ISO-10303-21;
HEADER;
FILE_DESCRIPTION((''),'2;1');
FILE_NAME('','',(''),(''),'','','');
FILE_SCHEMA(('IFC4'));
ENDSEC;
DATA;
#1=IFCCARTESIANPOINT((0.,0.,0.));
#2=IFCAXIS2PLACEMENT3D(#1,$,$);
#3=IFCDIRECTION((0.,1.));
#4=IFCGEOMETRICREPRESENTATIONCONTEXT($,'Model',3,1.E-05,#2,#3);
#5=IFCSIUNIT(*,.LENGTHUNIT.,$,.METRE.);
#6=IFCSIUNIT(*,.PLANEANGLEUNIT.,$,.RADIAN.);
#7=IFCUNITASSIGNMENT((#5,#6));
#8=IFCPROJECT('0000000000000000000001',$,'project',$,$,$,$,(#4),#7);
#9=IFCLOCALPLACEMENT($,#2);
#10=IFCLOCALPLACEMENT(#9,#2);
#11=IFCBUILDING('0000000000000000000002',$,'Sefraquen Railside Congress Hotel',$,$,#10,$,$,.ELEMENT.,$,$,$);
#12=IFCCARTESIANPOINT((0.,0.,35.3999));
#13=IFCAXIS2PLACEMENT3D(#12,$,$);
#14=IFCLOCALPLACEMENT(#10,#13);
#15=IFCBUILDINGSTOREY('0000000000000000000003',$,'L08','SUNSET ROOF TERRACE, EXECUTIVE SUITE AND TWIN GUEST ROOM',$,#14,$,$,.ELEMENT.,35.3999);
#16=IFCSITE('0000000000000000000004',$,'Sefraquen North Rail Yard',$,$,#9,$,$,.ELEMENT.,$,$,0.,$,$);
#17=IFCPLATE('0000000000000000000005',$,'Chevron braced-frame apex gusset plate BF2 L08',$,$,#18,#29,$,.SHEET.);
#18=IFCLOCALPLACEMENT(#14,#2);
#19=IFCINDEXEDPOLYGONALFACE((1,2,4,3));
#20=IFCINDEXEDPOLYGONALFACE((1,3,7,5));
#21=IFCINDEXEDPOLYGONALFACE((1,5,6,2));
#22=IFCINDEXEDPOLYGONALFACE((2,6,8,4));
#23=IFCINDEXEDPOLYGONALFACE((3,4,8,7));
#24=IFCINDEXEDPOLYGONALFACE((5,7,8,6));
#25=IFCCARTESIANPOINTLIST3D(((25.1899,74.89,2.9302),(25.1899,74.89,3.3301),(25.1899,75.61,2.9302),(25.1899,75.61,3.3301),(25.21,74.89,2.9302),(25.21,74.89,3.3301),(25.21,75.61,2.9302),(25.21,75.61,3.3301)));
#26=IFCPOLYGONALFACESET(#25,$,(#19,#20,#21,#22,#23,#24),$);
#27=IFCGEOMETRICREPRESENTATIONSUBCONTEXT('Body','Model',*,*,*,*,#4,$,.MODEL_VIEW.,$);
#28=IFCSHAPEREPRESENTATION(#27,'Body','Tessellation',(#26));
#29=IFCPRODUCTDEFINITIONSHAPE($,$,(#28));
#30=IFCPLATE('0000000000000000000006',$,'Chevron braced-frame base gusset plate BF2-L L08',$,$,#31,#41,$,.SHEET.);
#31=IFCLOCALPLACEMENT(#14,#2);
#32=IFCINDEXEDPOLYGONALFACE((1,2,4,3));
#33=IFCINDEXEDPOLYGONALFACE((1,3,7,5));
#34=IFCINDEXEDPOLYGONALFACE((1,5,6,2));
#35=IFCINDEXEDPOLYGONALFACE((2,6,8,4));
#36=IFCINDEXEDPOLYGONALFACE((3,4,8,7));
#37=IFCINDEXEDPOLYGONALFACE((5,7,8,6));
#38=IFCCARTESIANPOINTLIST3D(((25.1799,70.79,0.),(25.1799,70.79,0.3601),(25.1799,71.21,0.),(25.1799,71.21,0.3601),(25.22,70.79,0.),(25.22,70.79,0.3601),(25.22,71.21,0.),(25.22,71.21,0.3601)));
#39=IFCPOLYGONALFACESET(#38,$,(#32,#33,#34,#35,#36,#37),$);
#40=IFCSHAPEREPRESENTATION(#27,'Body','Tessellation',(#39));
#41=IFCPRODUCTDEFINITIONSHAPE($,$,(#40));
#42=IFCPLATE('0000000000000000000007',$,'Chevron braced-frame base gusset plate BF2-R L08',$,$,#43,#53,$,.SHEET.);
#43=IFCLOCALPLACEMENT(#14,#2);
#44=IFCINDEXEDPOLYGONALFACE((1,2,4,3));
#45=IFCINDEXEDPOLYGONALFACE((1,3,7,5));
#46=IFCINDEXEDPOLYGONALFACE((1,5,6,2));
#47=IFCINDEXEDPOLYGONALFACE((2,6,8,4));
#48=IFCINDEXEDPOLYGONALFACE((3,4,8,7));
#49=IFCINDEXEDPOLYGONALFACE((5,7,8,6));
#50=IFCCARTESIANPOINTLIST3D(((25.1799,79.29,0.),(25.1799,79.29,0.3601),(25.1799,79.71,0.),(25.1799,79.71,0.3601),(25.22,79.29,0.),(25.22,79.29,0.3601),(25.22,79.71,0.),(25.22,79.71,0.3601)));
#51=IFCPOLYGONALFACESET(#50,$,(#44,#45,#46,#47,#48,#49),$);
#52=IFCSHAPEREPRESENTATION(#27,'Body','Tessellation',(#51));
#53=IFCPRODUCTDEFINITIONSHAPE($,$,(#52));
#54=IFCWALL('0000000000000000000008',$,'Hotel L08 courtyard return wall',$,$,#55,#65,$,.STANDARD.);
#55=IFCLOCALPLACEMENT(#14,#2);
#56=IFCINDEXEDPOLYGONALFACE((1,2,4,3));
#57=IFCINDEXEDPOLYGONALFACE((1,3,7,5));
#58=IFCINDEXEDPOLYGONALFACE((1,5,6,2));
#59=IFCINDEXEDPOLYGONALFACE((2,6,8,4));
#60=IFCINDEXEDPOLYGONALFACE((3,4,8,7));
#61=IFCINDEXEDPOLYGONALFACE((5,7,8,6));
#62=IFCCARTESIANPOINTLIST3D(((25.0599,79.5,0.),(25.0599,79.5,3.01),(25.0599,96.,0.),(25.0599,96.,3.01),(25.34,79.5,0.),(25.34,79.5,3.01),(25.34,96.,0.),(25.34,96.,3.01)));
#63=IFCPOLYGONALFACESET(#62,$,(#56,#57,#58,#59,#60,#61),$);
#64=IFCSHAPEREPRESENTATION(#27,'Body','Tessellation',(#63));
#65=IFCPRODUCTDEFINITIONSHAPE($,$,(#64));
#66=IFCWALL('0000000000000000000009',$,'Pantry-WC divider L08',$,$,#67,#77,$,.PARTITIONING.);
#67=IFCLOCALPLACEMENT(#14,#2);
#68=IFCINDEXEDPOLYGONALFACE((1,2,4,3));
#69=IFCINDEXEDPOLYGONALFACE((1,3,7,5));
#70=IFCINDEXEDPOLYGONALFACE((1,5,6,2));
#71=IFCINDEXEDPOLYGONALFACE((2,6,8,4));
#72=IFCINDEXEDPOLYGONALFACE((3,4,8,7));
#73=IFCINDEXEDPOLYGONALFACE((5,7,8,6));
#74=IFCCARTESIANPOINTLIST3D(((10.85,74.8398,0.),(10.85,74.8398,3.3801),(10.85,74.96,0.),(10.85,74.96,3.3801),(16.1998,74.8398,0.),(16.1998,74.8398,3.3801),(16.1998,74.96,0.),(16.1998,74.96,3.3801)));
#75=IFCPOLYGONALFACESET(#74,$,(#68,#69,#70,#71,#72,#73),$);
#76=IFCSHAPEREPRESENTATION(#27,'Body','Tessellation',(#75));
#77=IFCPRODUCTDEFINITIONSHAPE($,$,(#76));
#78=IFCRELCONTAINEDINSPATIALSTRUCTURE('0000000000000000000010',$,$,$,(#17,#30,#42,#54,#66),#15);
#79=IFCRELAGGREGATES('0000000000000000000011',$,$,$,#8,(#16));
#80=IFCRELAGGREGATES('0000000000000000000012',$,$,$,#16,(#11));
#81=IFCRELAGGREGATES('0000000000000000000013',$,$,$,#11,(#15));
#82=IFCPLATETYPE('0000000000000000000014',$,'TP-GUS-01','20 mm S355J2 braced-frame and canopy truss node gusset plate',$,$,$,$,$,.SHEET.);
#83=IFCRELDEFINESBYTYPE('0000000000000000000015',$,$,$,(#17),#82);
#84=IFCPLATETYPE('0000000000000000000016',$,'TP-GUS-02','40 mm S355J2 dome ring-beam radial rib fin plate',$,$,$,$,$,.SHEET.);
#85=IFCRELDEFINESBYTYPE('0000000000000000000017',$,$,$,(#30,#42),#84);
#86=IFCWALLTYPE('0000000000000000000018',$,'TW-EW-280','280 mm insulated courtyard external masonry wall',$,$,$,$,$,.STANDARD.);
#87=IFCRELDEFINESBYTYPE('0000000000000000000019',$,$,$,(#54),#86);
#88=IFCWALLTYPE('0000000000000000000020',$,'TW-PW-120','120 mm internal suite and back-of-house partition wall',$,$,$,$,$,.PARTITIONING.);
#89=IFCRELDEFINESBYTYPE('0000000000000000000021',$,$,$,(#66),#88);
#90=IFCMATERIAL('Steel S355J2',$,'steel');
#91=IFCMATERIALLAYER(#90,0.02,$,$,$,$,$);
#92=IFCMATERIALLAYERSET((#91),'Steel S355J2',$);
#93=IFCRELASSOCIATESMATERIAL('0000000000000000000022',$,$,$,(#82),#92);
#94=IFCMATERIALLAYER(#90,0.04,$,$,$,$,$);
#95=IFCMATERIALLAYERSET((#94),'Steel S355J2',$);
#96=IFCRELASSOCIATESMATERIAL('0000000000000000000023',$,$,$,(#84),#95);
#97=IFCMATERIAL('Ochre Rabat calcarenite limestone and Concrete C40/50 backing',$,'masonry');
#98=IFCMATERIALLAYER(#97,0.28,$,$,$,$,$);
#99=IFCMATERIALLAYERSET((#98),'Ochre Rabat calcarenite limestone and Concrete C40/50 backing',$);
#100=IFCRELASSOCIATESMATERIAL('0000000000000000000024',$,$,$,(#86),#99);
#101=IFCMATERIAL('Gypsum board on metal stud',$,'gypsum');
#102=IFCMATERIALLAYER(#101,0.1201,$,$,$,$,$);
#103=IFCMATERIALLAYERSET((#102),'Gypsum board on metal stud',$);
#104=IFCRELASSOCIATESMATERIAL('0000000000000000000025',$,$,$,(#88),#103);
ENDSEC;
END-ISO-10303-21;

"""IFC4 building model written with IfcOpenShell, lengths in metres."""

from ifc_helpers import new_model, si_unit, direction, frame, frame_2d, origin, origin_2d, place, context, subcontext, project, spatial, rectangle, extrude, material, layer, layer_set, type_object, element, save


model = new_model("IFC4")

# Units and contexts
model_context = context("Model", 3, precision=1e-05, world=origin(), true_north=direction((0.0, 1.0)))
body_context = subcontext(model_context, "Body", "Model", "MODEL_VIEW")
ifc_project = project(units=[si_unit("LENGTHUNIT", "METRE"), si_unit("PLANEANGLEUNIT", "RADIAN")], contexts=[model_context])

# Site, building, storey
site_placement = place(None, origin())
site = spatial("IfcSite", under=ifc_project, at=site_placement, Name="Sefraquen North Rail Yard", CompositionType="ELEMENT", RefElevation=0.0)
building_placement = place(site_placement, origin())
building = spatial("IfcBuilding", under=site, at=building_placement, Name="Sefraquen Railside Congress Hotel", CompositionType="ELEMENT")
storey_placement = place(building_placement, frame((0.0, 0.0, 35.3999)))
storey = spatial("IfcBuildingStorey", under=building, at=storey_placement, Name="L08", Description="SUNSET ROOF TERRACE, EXECUTIVE SUITE AND TWIN GUEST ROOM", CompositionType="ELEMENT", Elevation=35.3999)

# Shared definitions
ifc_material_1 = material(Name="Steel S355J2", Category="steel")

# Plates
ifc_layer_1 = layer(ifc_material_1, 0.02)
ifc_layer_set_1 = layer_set([ifc_layer_1], Name="Steel S355J2")
plate_type_1 = type_object("IfcPlateType", Name="TP-GUS-01", Description="20 mm S355J2 braced-frame and canopy truss node gusset plate", PredefinedType="SHEET", material=ifc_layer_set_1)
plate_placement = place(storey_placement, frame((25.2, 75.25, 2.9302), z_axis=(0.0, 0.0, 1.0), x_axis=(0.0, 1.0, 0.0)))
element("IfcPlate", 1, at=plate_placement, inside=storey, type_object=plate_type_1, Name="Chevron braced-frame apex gusset plate BF2 L08", PredefinedType="SHEET", context=body_context, shape_type="SweptSolid", body=[
    extrude(rectangle(XDim=0.72, YDim=0.02, at=origin_2d()), origin(), (0.0, 0.0, 1.0), 0.3999),
])
ifc_layer_2 = layer(ifc_material_1, 0.04)
ifc_layer_set_2 = layer_set([ifc_layer_2], Name="Steel S355J2")
plate_type_2 = type_object("IfcPlateType", Name="TP-GUS-02", Description="40 mm S355J2 dome ring-beam radial rib fin plate", PredefinedType="SHEET", material=ifc_layer_set_2)
for number, where, z_axis, x_axis, name in (
    (2, (25.2, 71.0, 0.0), (0.0, 0.0, 1.0), (0.0, 1.0, 0.0), "Chevron braced-frame base gusset plate BF2-L L08"),
    (3, (25.2, 79.5, 0.0), (0.0, 0.0, 1.0), (0.0, 1.0, 0.0), "Chevron braced-frame base gusset plate BF2-R L08"),
):
    element("IfcPlate", number, at=place(storey_placement, frame(where, z_axis=z_axis, x_axis=x_axis)), inside=storey, type_object=plate_type_2, Name=name, PredefinedType="SHEET", context=body_context, shape_type="SweptSolid", body=[
        extrude(rectangle(XDim=0.4199, YDim=0.04, at=origin_2d()), origin(), (0.0, 0.0, 1.0), 0.3601),
    ])

# Walls
ifc_material_2 = material(Name="Ochre Rabat calcarenite limestone and Concrete C40/50 backing", Category="masonry")
ifc_layer_3 = layer(ifc_material_2, 0.28)
ifc_layer_set_3 = layer_set([ifc_layer_3], Name="Ochre Rabat calcarenite limestone and Concrete C40/50 backing")
wall_type_1 = type_object("IfcWallType", Name="TW-EW-280", Description="280 mm insulated courtyard external masonry wall", PredefinedType="STANDARD", material=ifc_layer_set_3)
wall_1_placement = place(storey_placement, frame((25.2, 79.5, 0.0), z_axis=(0.0, 0.0, 1.0), x_axis=(0.0, 1.0, 0.0)))
element("IfcWall", 4, at=wall_1_placement, inside=storey, type_object=wall_type_1, Name="Hotel L08 courtyard return wall", PredefinedType="STANDARD", context=body_context, shape_type="SweptSolid", body=[
    extrude(rectangle(XDim=16.5, YDim=0.28, at=frame_2d((8.25, 0.0))), origin(), (0.0, 0.0, 1.0), 3.01),
])
ifc_material_3 = material(Name="Gypsum board on metal stud", Category="gypsum")
ifc_layer_4 = layer(ifc_material_3, 0.1201)
ifc_layer_set_4 = layer_set([ifc_layer_4], Name="Gypsum board on metal stud")
wall_type_2 = type_object("IfcWallType", Name="TW-PW-120", Description="120 mm internal suite and back-of-house partition wall", PredefinedType="PARTITIONING", material=ifc_layer_set_4)
wall_2_placement = place(storey_placement, frame((10.8501, 74.8999, 0.0), z_axis=(0.0, 0.0, 1.0), x_axis=(1.0, 0.0, 0.0)))
element("IfcWall", 5, at=wall_2_placement, inside=storey, type_object=wall_type_2, Name="Pantry-WC divider L08", PredefinedType="PARTITIONING", context=body_context, shape_type="SweptSolid", body=[
    extrude(rectangle(XDim=5.3499, YDim=0.1201, at=frame_2d((2.6748, 0.0))), origin(), (0.0, 0.0, 1.0), 3.3801),
])

save(model, "model.ifc")
